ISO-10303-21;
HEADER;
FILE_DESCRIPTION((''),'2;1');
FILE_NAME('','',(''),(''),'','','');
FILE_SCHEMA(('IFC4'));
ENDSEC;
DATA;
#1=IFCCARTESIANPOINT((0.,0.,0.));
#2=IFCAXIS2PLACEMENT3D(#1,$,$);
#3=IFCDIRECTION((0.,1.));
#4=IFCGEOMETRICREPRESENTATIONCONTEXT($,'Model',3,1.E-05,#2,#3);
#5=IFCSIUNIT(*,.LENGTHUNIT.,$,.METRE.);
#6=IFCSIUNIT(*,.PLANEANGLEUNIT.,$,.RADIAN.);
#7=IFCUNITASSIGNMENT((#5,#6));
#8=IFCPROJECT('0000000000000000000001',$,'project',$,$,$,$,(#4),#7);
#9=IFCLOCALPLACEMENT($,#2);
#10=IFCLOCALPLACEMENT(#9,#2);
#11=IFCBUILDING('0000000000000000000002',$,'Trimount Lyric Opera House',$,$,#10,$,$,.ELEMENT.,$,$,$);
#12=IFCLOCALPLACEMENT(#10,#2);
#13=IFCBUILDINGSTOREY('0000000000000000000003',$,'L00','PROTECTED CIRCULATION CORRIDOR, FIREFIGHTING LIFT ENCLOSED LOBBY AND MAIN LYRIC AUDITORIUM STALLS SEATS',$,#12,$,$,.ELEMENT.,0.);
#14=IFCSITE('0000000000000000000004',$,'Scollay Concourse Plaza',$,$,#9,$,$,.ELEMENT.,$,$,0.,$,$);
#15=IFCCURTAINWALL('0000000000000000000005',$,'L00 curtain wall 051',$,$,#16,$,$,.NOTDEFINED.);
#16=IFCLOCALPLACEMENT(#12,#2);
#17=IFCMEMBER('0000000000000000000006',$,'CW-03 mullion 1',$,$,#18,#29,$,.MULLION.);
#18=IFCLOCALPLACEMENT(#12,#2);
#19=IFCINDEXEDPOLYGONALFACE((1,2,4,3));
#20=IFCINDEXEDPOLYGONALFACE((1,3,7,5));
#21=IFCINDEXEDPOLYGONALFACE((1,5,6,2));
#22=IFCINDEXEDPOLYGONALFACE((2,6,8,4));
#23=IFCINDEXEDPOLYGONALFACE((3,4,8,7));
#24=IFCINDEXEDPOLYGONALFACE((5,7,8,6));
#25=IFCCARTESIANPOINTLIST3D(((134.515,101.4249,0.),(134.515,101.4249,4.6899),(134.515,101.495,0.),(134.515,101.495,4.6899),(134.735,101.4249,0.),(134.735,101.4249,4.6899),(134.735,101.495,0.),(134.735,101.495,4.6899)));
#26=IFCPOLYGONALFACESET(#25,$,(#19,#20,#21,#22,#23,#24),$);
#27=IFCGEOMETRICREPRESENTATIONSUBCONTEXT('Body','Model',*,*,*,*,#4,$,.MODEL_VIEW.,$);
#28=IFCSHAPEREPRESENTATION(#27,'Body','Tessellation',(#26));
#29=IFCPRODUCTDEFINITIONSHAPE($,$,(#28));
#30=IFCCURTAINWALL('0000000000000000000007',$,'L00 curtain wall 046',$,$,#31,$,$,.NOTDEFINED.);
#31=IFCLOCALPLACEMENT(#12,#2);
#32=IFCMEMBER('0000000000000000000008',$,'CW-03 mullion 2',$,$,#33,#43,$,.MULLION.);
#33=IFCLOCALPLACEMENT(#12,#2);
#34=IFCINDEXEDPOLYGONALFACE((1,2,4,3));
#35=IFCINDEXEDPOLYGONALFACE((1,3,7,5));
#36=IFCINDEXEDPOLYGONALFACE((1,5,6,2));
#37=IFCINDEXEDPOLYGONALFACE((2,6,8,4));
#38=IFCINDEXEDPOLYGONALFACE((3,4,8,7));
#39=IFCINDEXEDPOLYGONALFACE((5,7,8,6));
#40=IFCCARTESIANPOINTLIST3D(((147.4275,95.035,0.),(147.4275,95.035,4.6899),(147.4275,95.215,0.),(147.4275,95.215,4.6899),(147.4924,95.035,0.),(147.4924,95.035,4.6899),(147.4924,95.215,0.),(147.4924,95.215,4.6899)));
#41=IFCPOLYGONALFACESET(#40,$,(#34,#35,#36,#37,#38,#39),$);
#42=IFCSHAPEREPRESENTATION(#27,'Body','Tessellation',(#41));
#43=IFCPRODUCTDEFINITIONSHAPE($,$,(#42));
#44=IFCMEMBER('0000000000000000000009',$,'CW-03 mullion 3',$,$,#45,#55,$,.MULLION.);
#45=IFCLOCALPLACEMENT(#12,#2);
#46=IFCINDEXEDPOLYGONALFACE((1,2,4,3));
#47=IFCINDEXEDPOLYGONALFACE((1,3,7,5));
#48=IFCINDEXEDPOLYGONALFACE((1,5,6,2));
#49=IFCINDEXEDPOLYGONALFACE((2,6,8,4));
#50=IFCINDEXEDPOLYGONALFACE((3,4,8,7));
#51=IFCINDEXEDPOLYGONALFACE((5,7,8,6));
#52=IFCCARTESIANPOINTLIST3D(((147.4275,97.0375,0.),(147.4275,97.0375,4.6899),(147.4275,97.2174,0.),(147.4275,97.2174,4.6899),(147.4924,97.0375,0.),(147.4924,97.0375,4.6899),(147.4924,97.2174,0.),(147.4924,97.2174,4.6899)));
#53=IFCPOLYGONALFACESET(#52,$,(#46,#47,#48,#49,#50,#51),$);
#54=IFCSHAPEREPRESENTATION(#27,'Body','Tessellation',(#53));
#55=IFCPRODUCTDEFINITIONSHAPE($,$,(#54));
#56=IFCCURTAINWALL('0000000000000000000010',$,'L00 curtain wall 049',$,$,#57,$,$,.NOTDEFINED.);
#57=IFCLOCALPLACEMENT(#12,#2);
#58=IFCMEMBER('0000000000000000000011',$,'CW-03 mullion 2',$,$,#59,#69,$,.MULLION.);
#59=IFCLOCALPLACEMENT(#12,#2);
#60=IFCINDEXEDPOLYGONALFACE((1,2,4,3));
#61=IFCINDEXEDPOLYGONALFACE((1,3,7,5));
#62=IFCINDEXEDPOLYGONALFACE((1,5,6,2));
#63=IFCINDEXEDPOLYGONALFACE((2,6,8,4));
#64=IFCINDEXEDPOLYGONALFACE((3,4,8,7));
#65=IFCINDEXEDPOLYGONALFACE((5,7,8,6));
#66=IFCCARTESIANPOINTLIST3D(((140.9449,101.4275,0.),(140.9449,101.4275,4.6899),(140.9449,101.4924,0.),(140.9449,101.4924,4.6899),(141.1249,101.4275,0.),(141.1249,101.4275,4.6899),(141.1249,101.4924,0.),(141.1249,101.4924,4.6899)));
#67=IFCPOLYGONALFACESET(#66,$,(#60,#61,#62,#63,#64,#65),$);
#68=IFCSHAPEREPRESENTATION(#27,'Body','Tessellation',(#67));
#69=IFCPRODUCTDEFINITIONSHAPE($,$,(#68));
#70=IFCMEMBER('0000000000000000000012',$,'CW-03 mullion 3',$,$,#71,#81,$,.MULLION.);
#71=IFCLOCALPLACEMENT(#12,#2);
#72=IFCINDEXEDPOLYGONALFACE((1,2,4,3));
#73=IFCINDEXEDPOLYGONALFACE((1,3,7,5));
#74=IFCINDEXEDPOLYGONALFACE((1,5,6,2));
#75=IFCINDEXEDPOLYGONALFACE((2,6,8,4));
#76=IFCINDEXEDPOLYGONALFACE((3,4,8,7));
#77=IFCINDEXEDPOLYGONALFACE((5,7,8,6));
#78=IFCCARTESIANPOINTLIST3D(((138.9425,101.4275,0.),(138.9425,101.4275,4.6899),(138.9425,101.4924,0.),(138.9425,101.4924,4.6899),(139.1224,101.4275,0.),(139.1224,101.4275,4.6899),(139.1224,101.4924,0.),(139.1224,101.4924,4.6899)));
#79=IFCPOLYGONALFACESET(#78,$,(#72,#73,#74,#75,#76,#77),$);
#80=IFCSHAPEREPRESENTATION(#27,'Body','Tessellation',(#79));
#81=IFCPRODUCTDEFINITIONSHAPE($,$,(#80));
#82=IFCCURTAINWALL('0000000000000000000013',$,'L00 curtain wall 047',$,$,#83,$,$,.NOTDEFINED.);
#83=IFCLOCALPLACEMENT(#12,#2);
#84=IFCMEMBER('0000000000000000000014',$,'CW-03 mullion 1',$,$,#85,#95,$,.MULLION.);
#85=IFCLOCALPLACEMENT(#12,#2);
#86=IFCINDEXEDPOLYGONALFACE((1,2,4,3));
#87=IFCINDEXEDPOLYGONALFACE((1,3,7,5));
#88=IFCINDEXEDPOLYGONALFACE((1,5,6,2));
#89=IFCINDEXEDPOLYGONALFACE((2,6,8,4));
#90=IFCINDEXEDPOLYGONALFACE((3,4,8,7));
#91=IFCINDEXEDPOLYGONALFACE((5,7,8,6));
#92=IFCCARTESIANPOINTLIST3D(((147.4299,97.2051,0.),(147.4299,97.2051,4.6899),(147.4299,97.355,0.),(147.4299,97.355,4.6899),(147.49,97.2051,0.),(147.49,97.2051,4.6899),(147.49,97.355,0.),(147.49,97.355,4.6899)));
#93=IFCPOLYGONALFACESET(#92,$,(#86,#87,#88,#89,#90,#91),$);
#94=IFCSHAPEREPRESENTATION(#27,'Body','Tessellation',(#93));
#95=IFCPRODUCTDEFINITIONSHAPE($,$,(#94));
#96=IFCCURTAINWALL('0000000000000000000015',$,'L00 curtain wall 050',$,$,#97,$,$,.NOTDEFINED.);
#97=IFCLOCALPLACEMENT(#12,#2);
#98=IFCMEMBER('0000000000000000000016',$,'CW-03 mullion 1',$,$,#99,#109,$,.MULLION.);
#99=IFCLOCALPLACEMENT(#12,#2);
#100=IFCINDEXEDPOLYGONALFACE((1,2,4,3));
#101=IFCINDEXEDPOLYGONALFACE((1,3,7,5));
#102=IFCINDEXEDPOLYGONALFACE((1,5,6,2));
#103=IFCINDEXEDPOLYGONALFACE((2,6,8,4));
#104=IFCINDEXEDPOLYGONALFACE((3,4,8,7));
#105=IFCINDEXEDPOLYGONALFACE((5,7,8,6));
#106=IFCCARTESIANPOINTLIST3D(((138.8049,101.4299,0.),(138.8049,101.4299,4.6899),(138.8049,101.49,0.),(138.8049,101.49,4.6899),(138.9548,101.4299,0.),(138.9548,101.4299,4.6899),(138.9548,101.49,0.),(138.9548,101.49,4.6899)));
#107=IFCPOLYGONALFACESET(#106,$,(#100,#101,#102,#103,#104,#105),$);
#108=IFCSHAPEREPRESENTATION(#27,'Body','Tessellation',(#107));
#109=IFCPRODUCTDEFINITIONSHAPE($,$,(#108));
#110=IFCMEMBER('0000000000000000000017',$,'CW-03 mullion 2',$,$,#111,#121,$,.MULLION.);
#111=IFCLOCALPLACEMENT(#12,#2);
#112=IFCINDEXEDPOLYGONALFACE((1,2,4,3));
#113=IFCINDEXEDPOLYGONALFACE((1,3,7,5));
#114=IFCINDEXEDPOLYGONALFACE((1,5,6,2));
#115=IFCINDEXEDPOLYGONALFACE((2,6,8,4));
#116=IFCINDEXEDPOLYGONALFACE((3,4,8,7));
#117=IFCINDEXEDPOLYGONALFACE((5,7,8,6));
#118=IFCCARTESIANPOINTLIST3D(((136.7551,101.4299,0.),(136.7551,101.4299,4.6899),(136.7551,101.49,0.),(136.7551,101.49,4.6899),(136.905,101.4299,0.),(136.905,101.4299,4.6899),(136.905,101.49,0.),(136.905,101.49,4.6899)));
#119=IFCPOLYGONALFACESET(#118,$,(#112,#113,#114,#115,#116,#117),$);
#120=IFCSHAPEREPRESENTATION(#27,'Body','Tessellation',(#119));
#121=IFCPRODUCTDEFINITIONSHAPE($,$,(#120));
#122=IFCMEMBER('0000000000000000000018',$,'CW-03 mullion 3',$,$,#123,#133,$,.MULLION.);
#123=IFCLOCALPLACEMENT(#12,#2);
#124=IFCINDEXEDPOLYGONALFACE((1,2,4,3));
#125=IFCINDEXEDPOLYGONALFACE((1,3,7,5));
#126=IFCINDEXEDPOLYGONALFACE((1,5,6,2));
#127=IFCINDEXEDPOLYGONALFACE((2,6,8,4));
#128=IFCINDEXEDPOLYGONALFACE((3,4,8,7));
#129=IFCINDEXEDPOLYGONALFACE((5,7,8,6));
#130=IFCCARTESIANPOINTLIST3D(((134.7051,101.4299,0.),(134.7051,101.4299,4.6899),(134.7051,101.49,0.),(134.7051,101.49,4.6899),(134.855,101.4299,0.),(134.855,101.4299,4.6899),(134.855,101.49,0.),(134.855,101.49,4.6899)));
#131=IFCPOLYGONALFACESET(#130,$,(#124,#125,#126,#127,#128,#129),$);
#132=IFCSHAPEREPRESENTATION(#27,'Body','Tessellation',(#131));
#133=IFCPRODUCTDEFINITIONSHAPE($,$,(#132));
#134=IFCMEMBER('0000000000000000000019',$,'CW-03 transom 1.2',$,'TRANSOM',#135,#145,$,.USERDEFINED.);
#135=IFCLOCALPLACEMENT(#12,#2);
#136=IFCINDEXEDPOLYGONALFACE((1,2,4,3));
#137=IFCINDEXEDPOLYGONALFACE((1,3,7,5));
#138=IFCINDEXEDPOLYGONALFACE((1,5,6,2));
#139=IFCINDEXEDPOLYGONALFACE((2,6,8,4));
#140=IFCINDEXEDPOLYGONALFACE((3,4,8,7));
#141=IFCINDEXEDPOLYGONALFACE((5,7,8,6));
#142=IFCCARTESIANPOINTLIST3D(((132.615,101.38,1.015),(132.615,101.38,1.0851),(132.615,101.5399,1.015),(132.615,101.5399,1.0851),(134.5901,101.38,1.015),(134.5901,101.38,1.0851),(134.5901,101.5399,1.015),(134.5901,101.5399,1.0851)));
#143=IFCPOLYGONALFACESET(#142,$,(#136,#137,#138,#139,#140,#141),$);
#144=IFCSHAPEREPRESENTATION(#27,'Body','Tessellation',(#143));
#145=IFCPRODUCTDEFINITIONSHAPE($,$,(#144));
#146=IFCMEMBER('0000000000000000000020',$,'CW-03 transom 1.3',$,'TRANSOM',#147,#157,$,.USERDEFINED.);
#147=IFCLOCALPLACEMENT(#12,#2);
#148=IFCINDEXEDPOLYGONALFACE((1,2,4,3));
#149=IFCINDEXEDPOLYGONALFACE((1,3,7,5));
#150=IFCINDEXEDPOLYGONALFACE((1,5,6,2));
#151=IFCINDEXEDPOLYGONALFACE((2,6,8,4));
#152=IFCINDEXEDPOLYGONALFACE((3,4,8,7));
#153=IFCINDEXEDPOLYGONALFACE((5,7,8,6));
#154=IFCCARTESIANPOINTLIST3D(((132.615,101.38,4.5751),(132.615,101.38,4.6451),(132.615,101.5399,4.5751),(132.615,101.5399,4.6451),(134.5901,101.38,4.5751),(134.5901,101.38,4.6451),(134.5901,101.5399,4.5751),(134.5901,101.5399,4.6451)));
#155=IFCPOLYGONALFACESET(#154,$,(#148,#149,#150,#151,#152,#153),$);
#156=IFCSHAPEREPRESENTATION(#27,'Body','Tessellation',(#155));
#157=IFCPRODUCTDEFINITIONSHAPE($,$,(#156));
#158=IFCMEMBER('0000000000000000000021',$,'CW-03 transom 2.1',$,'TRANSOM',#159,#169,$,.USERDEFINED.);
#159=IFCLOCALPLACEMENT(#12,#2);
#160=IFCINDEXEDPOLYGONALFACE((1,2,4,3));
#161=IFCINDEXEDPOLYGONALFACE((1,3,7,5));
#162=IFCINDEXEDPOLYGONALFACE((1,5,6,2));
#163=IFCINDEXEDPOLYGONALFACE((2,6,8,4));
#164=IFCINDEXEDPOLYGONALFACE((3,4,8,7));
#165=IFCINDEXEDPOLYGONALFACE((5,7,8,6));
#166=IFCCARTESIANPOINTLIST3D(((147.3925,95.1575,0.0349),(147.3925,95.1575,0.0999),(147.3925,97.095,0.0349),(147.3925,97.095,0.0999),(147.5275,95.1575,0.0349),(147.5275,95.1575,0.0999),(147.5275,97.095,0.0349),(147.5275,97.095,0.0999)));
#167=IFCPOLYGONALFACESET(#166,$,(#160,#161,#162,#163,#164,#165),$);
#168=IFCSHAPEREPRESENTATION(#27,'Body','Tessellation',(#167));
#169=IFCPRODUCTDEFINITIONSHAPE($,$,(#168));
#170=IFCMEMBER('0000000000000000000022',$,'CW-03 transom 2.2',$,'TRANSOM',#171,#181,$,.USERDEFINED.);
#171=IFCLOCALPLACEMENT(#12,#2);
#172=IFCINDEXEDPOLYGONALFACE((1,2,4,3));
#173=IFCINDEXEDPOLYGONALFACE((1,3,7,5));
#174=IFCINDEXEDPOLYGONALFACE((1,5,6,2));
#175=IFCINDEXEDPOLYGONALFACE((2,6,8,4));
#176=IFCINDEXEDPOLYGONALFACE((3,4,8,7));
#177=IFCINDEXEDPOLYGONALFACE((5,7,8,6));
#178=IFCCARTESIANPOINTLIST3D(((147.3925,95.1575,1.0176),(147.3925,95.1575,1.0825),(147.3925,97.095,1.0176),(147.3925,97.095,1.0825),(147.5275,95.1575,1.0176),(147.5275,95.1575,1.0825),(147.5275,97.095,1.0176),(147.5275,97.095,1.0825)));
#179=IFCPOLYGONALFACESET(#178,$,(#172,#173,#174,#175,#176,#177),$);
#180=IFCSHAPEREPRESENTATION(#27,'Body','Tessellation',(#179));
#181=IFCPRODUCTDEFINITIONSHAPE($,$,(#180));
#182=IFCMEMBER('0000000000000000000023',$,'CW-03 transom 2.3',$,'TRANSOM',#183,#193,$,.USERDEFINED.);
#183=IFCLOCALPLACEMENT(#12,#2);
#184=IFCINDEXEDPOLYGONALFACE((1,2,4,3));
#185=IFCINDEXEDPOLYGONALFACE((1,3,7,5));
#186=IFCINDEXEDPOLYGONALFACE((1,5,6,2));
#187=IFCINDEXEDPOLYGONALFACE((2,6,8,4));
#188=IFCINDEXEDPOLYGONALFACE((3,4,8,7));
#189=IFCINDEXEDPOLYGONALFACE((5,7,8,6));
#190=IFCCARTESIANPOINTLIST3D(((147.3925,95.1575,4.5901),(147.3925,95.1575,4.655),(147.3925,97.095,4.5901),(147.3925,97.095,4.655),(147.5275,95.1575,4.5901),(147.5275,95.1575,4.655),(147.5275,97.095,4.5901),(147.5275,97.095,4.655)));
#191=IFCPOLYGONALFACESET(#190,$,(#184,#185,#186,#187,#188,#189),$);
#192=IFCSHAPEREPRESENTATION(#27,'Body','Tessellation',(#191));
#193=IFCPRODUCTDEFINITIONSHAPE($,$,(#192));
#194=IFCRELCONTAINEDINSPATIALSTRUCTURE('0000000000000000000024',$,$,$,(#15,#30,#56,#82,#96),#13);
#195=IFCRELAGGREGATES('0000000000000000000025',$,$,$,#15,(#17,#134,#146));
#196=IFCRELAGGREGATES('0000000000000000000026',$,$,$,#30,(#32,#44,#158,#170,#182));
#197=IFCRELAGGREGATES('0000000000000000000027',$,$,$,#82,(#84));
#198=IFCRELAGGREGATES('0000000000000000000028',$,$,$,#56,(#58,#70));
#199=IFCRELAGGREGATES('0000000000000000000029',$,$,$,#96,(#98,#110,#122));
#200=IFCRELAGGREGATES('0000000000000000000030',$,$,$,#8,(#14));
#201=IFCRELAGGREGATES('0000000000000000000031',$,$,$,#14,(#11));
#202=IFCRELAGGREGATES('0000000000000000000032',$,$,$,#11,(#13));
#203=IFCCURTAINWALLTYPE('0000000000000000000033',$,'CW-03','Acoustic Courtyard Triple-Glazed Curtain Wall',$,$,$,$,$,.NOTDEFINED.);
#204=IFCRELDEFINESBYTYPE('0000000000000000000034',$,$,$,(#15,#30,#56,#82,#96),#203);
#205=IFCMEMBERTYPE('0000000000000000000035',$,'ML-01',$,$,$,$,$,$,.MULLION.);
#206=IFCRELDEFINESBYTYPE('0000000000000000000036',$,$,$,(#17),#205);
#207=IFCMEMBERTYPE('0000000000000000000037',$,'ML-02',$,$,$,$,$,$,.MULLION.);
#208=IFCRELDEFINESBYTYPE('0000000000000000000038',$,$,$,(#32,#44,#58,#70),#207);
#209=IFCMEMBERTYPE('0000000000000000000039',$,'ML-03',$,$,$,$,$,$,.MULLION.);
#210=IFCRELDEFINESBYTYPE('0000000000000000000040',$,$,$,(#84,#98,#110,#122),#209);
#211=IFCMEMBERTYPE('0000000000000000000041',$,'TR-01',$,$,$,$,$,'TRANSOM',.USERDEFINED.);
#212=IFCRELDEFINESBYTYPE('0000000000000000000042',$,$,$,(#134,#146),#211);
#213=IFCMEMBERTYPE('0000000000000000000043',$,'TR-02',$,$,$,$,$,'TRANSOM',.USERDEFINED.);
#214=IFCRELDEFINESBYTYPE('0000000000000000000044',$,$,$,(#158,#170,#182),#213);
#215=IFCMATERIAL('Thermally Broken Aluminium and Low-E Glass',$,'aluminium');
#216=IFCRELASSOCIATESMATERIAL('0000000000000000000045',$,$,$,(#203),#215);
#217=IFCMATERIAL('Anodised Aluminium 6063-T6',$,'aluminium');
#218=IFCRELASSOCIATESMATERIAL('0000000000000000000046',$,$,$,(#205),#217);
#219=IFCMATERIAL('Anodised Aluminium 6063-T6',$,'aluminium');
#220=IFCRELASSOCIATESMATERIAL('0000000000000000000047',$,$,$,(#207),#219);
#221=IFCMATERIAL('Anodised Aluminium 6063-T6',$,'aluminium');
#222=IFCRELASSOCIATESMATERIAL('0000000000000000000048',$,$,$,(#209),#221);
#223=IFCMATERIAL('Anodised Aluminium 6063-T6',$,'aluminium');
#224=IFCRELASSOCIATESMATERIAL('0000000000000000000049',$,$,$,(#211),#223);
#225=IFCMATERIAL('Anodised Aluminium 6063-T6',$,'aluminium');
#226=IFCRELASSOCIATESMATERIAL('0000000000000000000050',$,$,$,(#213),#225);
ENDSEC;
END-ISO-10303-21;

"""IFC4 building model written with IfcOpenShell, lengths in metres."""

from ifc_helpers import new_model, si_unit, direction, frame, origin, origin_2d, place, context, subcontext, project, spatial, rectangle, extrude, material, material_profile, profile_set, type_object, element, aggregate, save


model = new_model("IFC4")

# Units and contexts
model_context = context("Model", 3, precision=1e-05, world=origin(), true_north=direction((0.0, 1.0)))
body_context = subcontext(model_context, "Body", "Model", "MODEL_VIEW")
ifc_project = project(units=[si_unit("LENGTHUNIT", "METRE"), si_unit("PLANEANGLEUNIT", "RADIAN")], contexts=[model_context])

# Site, building, storey
site_placement = place(None, origin())
site = spatial("IfcSite", under=ifc_project, at=site_placement, Name="Scollay Concourse Plaza", CompositionType="ELEMENT", RefElevation=0.0)
building_placement = place(site_placement, origin())
building = spatial("IfcBuilding", under=site, at=building_placement, Name="Trimount Lyric Opera House", CompositionType="ELEMENT")
storey_placement = place(building_placement, origin())
storey = spatial("IfcBuildingStorey", under=building, at=storey_placement, Name="L00", Description="PROTECTED CIRCULATION CORRIDOR, FIREFIGHTING LIFT ENCLOSED LOBBY AND MAIN LYRIC AUDITORIUM STALLS SEATS", CompositionType="ELEMENT", Elevation=0.0)

# Curtain wall, member
ifc_material_1 = material(Name="Thermally Broken Aluminium and Low-E Glass", Category="aluminium")
curtain_wall_type = type_object("IfcCurtainWallType", Name="CW-03", Description="Acoustic Courtyard Triple-Glazed Curtain Wall", PredefinedType="NOTDEFINED", material=ifc_material_1)
curtain_wall_1_placement = place(storey_placement, origin())
curtain_wall_1 = element("IfcCurtainWall", 1, at=curtain_wall_1_placement, inside=storey, type_object=curtain_wall_type, Name="L00 curtain wall 051", PredefinedType="NOTDEFINED")
ifc_material_2 = material(Name="Anodised Aluminium 6063-T6", Category="aluminium")
ifc_material_profile_1 = material_profile(ifc_material_2, rectangle(XDim=0.0701, YDim=0.22, at=origin_2d()), Name="ALU-MULL-70X220")
ifc_profile_set_1 = profile_set([ifc_material_profile_1], Name="Anodised Aluminium 6063-T6")
member_type_1 = type_object("IfcMemberType", Name="ML-01", PredefinedType="MULLION", material=ifc_profile_set_1)
member_1_placement = place(storey_placement, frame((134.625, 101.46, 0.0), z_axis=(0.0, 0.0, 1.0), x_axis=(0.0, -1.0, 0.0)))
member_1 = element("IfcMember", 2, at=member_1_placement, type_object=member_type_1, Name="CW-03 mullion 1", PredefinedType="MULLION", context=body_context, shape_type="SweptSolid", body=[
    extrude(rectangle(XDim=0.0701, YDim=0.22, at=origin_2d()), origin(), (0.0, 0.0, 1.0), 4.6899),
])

# Curtain walls, members
curtain_wall_2_placement = place(storey_placement, origin())
curtain_wall_2 = element("IfcCurtainWall", 3, at=curtain_wall_2_placement, inside=storey, type_object=curtain_wall_type, Name="L00 curtain wall 046", PredefinedType="NOTDEFINED")
ifc_material_3 = material(Name="Anodised Aluminium 6063-T6", Category="aluminium")
ifc_material_profile_2 = material_profile(ifc_material_3, rectangle(XDim=0.0649, YDim=0.1799, at=origin_2d()), Name="ALU-MULL-65X180")
ifc_profile_set_2 = profile_set([ifc_material_profile_2], Name="Anodised Aluminium 6063-T6")
member_type_2 = type_object("IfcMemberType", Name="ML-02", PredefinedType="MULLION", material=ifc_profile_set_2)
member_2_placement = place(storey_placement, frame((147.46, 95.125, 0.0), z_axis=(0.0, 0.0, 1.0), x_axis=(-1.0, 0.0, 0.0)))
member_2 = element("IfcMember", 4, at=member_2_placement, type_object=member_type_2, Name="CW-03 mullion 2", PredefinedType="MULLION", context=body_context, shape_type="SweptSolid", body=[
    extrude(rectangle(XDim=0.0649, YDim=0.1799, at=origin_2d()), origin(), (0.0, 0.0, 1.0), 4.6899),
])
member_3_placement = place(storey_placement, frame((147.46, 97.1274, 0.0), z_axis=(0.0, 0.0, 1.0), x_axis=(-1.0, 0.0, 0.0)))
member_3 = element("IfcMember", 5, at=member_3_placement, type_object=member_type_2, Name="CW-03 mullion 3", PredefinedType="MULLION", context=body_context, shape_type="SweptSolid", body=[
    extrude(rectangle(XDim=0.0649, YDim=0.1799, at=origin_2d()), origin(), (0.0, 0.0, 1.0), 4.6899),
])
curtain_wall_3_placement = place(storey_placement, origin())
curtain_wall_3 = element("IfcCurtainWall", 6, at=curtain_wall_3_placement, inside=storey, type_object=curtain_wall_type, Name="L00 curtain wall 049", PredefinedType="NOTDEFINED")
member_4_placement = place(storey_placement, frame((141.0349, 101.46, 0.0), z_axis=(0.0, 0.0, 1.0), x_axis=(0.0, -1.0, 0.0)))
member_4 = element("IfcMember", 7, at=member_4_placement, type_object=member_type_2, Name="CW-03 mullion 2", PredefinedType="MULLION", context=body_context, shape_type="SweptSolid", body=[
    extrude(rectangle(XDim=0.0649, YDim=0.1799, at=origin_2d()), origin(), (0.0, 0.0, 1.0), 4.6899),
])
member_5_placement = place(storey_placement, frame((139.0325, 101.46, 0.0), z_axis=(0.0, 0.0, 1.0), x_axis=(0.0, -1.0, 0.0)))
member_5 = element("IfcMember", 8, at=member_5_placement, type_object=member_type_2, Name="CW-03 mullion 3", PredefinedType="MULLION", context=body_context, shape_type="SweptSolid", body=[
    extrude(rectangle(XDim=0.0649, YDim=0.1799, at=origin_2d()), origin(), (0.0, 0.0, 1.0), 4.6899),
])

# Curtain wall, member
curtain_wall_4_placement = place(storey_placement, origin())
curtain_wall_4 = element("IfcCurtainWall", 9, at=curtain_wall_4_placement, inside=storey, type_object=curtain_wall_type, Name="L00 curtain wall 047", PredefinedType="NOTDEFINED")
ifc_material_4 = material(Name="Anodised Aluminium 6063-T6", Category="aluminium")
ifc_material_profile_3 = material_profile(ifc_material_4, rectangle(XDim=0.0601, YDim=0.1499, at=origin_2d()), Name="ALU-MULL-60X150")
ifc_profile_set_3 = profile_set([ifc_material_profile_3], Name="Anodised Aluminium 6063-T6")
member_type_3 = type_object("IfcMemberType", Name="ML-03", PredefinedType="MULLION", material=ifc_profile_set_3)
member_6_placement = place(storey_placement, frame((147.46, 97.28, 0.0), z_axis=(0.0, 0.0, 1.0), x_axis=(-1.0, 0.0, 0.0)))
member_6 = element("IfcMember", 10, at=member_6_placement, type_object=member_type_3, Name="CW-03 mullion 1", PredefinedType="MULLION", context=body_context, shape_type="SweptSolid", body=[
    extrude(rectangle(XDim=0.0601, YDim=0.1499, at=origin_2d()), origin(), (0.0, 0.0, 1.0), 4.6899),
])

# Curtain wall, members
curtain_wall_5_placement = place(storey_placement, origin())
curtain_wall_5 = element("IfcCurtainWall", 11, at=curtain_wall_5_placement, inside=storey, type_object=curtain_wall_type, Name="L00 curtain wall 050", PredefinedType="NOTDEFINED")
member_7_placement = place(storey_placement, frame((138.8799, 101.46, 0.0), z_axis=(0.0, 0.0, 1.0), x_axis=(0.0, -1.0, 0.0)))
member_7 = element("IfcMember", 12, at=member_7_placement, type_object=member_type_3, Name="CW-03 mullion 1", PredefinedType="MULLION", context=body_context, shape_type="SweptSolid", body=[
    extrude(rectangle(XDim=0.0601, YDim=0.1499, at=origin_2d()), origin(), (0.0, 0.0, 1.0), 4.6899),
])
member_8_placement = place(storey_placement, frame((136.8301, 101.46, 0.0), z_axis=(0.0, 0.0, 1.0), x_axis=(0.0, -1.0, 0.0)))
member_8 = element("IfcMember", 13, at=member_8_placement, type_object=member_type_3, Name="CW-03 mullion 2", PredefinedType="MULLION", context=body_context, shape_type="SweptSolid", body=[
    extrude(rectangle(XDim=0.0601, YDim=0.1499, at=origin_2d()), origin(), (0.0, 0.0, 1.0), 4.6899),
])
member_9_placement = place(storey_placement, frame((134.78, 101.46, 0.0), z_axis=(0.0, 0.0, 1.0), x_axis=(0.0, -1.0, 0.0)))
member_9 = element("IfcMember", 14, at=member_9_placement, type_object=member_type_3, Name="CW-03 mullion 3", PredefinedType="MULLION", context=body_context, shape_type="SweptSolid", body=[
    extrude(rectangle(XDim=0.0601, YDim=0.1499, at=origin_2d()), origin(), (0.0, 0.0, 1.0), 4.6899),
])

# Members
ifc_material_5 = material(Name="Anodised Aluminium 6063-T6", Category="aluminium")
ifc_material_profile_4 = material_profile(ifc_material_5, rectangle(XDim=0.1599, YDim=0.0701, at=origin_2d()), Name="ALU-TRAN-70X160")
ifc_profile_set_4 = profile_set([ifc_material_profile_4], Name="Anodised Aluminium 6063-T6")
member_type_4 = type_object("IfcMemberType", Name="TR-01", ElementType="TRANSOM", PredefinedType="USERDEFINED", material=ifc_profile_set_4)
member_10_placement = place(storey_placement, frame((134.5901, 101.46, 1.05), z_axis=(-1.0, 0.0, 0.0), x_axis=(0.0, -1.0, 0.0)))
member_10 = element("IfcMember", 15, at=member_10_placement, type_object=member_type_4, Name="CW-03 transom 1.2", ObjectType="TRANSOM", PredefinedType="USERDEFINED", context=body_context, shape_type="SweptSolid", body=[
    extrude(rectangle(XDim=0.1599, YDim=0.0701, at=origin_2d()), origin(), (0.0, 0.0, 1.0), 1.9751),
])
member_11_placement = place(storey_placement, frame((134.5901, 101.46, 4.6101), z_axis=(-1.0, 0.0, 0.0), x_axis=(0.0, -1.0, 0.0)))
member_11 = element("IfcMember", 16, at=member_11_placement, type_object=member_type_4, Name="CW-03 transom 1.3", ObjectType="TRANSOM", PredefinedType="USERDEFINED", context=body_context, shape_type="SweptSolid", body=[
    extrude(rectangle(XDim=0.1599, YDim=0.0701, at=origin_2d()), origin(), (0.0, 0.0, 1.0), 1.9751),
])
aggregate(curtain_wall_1, [member_1, member_10, member_11])
ifc_material_6 = material(Name="Anodised Aluminium 6063-T6", Category="aluminium")
ifc_material_profile_5 = material_profile(ifc_material_6, rectangle(XDim=0.135, YDim=0.0649, at=origin_2d()), Name="ALU-TRAN-65X135")
ifc_profile_set_5 = profile_set([ifc_material_profile_5], Name="Anodised Aluminium 6063-T6")
member_type_5 = type_object("IfcMemberType", Name="TR-02", ElementType="TRANSOM", PredefinedType="USERDEFINED", material=ifc_profile_set_5)
member_12_placement = place(storey_placement, frame((147.46, 95.1575, 0.0674), z_axis=(0.0, 1.0, 0.0), x_axis=(-1.0, 0.0, 0.0)))
member_12 = element("IfcMember", 17, at=member_12_placement, type_object=member_type_5, Name="CW-03 transom 2.1", ObjectType="TRANSOM", PredefinedType="USERDEFINED", context=body_context, shape_type="SweptSolid", body=[
    extrude(rectangle(XDim=0.135, YDim=0.0649, at=origin_2d()), origin(), (0.0, 0.0, 1.0), 1.9375),
])
member_13_placement = place(storey_placement, frame((147.46, 95.1575, 1.05), z_axis=(0.0, 1.0, 0.0), x_axis=(-1.0, 0.0, 0.0)))
member_13 = element("IfcMember", 18, at=member_13_placement, type_object=member_type_5, Name="CW-03 transom 2.2", ObjectType="TRANSOM", PredefinedType="USERDEFINED", context=body_context, shape_type="SweptSolid", body=[
    extrude(rectangle(XDim=0.135, YDim=0.0649, at=origin_2d()), origin(), (0.0, 0.0, 1.0), 1.9375),
])
member_14_placement = place(storey_placement, frame((147.46, 95.1575, 4.6226), z_axis=(0.0, 1.0, 0.0), x_axis=(-1.0, 0.0, 0.0)))
member_14 = element("IfcMember", 19, at=member_14_placement, type_object=member_type_5, Name="CW-03 transom 2.3", ObjectType="TRANSOM", PredefinedType="USERDEFINED", context=body_context, shape_type="SweptSolid", body=[
    extrude(rectangle(XDim=0.135, YDim=0.0649, at=origin_2d()), origin(), (0.0, 0.0, 1.0), 1.9375),
])

aggregate(curtain_wall_2, [member_2, member_3, member_12, member_13, member_14])
aggregate(curtain_wall_4, [member_6])
aggregate(curtain_wall_3, [member_4, member_5])
aggregate(curtain_wall_5, [member_7, member_8, member_9])

save(model, "model.ifc")
